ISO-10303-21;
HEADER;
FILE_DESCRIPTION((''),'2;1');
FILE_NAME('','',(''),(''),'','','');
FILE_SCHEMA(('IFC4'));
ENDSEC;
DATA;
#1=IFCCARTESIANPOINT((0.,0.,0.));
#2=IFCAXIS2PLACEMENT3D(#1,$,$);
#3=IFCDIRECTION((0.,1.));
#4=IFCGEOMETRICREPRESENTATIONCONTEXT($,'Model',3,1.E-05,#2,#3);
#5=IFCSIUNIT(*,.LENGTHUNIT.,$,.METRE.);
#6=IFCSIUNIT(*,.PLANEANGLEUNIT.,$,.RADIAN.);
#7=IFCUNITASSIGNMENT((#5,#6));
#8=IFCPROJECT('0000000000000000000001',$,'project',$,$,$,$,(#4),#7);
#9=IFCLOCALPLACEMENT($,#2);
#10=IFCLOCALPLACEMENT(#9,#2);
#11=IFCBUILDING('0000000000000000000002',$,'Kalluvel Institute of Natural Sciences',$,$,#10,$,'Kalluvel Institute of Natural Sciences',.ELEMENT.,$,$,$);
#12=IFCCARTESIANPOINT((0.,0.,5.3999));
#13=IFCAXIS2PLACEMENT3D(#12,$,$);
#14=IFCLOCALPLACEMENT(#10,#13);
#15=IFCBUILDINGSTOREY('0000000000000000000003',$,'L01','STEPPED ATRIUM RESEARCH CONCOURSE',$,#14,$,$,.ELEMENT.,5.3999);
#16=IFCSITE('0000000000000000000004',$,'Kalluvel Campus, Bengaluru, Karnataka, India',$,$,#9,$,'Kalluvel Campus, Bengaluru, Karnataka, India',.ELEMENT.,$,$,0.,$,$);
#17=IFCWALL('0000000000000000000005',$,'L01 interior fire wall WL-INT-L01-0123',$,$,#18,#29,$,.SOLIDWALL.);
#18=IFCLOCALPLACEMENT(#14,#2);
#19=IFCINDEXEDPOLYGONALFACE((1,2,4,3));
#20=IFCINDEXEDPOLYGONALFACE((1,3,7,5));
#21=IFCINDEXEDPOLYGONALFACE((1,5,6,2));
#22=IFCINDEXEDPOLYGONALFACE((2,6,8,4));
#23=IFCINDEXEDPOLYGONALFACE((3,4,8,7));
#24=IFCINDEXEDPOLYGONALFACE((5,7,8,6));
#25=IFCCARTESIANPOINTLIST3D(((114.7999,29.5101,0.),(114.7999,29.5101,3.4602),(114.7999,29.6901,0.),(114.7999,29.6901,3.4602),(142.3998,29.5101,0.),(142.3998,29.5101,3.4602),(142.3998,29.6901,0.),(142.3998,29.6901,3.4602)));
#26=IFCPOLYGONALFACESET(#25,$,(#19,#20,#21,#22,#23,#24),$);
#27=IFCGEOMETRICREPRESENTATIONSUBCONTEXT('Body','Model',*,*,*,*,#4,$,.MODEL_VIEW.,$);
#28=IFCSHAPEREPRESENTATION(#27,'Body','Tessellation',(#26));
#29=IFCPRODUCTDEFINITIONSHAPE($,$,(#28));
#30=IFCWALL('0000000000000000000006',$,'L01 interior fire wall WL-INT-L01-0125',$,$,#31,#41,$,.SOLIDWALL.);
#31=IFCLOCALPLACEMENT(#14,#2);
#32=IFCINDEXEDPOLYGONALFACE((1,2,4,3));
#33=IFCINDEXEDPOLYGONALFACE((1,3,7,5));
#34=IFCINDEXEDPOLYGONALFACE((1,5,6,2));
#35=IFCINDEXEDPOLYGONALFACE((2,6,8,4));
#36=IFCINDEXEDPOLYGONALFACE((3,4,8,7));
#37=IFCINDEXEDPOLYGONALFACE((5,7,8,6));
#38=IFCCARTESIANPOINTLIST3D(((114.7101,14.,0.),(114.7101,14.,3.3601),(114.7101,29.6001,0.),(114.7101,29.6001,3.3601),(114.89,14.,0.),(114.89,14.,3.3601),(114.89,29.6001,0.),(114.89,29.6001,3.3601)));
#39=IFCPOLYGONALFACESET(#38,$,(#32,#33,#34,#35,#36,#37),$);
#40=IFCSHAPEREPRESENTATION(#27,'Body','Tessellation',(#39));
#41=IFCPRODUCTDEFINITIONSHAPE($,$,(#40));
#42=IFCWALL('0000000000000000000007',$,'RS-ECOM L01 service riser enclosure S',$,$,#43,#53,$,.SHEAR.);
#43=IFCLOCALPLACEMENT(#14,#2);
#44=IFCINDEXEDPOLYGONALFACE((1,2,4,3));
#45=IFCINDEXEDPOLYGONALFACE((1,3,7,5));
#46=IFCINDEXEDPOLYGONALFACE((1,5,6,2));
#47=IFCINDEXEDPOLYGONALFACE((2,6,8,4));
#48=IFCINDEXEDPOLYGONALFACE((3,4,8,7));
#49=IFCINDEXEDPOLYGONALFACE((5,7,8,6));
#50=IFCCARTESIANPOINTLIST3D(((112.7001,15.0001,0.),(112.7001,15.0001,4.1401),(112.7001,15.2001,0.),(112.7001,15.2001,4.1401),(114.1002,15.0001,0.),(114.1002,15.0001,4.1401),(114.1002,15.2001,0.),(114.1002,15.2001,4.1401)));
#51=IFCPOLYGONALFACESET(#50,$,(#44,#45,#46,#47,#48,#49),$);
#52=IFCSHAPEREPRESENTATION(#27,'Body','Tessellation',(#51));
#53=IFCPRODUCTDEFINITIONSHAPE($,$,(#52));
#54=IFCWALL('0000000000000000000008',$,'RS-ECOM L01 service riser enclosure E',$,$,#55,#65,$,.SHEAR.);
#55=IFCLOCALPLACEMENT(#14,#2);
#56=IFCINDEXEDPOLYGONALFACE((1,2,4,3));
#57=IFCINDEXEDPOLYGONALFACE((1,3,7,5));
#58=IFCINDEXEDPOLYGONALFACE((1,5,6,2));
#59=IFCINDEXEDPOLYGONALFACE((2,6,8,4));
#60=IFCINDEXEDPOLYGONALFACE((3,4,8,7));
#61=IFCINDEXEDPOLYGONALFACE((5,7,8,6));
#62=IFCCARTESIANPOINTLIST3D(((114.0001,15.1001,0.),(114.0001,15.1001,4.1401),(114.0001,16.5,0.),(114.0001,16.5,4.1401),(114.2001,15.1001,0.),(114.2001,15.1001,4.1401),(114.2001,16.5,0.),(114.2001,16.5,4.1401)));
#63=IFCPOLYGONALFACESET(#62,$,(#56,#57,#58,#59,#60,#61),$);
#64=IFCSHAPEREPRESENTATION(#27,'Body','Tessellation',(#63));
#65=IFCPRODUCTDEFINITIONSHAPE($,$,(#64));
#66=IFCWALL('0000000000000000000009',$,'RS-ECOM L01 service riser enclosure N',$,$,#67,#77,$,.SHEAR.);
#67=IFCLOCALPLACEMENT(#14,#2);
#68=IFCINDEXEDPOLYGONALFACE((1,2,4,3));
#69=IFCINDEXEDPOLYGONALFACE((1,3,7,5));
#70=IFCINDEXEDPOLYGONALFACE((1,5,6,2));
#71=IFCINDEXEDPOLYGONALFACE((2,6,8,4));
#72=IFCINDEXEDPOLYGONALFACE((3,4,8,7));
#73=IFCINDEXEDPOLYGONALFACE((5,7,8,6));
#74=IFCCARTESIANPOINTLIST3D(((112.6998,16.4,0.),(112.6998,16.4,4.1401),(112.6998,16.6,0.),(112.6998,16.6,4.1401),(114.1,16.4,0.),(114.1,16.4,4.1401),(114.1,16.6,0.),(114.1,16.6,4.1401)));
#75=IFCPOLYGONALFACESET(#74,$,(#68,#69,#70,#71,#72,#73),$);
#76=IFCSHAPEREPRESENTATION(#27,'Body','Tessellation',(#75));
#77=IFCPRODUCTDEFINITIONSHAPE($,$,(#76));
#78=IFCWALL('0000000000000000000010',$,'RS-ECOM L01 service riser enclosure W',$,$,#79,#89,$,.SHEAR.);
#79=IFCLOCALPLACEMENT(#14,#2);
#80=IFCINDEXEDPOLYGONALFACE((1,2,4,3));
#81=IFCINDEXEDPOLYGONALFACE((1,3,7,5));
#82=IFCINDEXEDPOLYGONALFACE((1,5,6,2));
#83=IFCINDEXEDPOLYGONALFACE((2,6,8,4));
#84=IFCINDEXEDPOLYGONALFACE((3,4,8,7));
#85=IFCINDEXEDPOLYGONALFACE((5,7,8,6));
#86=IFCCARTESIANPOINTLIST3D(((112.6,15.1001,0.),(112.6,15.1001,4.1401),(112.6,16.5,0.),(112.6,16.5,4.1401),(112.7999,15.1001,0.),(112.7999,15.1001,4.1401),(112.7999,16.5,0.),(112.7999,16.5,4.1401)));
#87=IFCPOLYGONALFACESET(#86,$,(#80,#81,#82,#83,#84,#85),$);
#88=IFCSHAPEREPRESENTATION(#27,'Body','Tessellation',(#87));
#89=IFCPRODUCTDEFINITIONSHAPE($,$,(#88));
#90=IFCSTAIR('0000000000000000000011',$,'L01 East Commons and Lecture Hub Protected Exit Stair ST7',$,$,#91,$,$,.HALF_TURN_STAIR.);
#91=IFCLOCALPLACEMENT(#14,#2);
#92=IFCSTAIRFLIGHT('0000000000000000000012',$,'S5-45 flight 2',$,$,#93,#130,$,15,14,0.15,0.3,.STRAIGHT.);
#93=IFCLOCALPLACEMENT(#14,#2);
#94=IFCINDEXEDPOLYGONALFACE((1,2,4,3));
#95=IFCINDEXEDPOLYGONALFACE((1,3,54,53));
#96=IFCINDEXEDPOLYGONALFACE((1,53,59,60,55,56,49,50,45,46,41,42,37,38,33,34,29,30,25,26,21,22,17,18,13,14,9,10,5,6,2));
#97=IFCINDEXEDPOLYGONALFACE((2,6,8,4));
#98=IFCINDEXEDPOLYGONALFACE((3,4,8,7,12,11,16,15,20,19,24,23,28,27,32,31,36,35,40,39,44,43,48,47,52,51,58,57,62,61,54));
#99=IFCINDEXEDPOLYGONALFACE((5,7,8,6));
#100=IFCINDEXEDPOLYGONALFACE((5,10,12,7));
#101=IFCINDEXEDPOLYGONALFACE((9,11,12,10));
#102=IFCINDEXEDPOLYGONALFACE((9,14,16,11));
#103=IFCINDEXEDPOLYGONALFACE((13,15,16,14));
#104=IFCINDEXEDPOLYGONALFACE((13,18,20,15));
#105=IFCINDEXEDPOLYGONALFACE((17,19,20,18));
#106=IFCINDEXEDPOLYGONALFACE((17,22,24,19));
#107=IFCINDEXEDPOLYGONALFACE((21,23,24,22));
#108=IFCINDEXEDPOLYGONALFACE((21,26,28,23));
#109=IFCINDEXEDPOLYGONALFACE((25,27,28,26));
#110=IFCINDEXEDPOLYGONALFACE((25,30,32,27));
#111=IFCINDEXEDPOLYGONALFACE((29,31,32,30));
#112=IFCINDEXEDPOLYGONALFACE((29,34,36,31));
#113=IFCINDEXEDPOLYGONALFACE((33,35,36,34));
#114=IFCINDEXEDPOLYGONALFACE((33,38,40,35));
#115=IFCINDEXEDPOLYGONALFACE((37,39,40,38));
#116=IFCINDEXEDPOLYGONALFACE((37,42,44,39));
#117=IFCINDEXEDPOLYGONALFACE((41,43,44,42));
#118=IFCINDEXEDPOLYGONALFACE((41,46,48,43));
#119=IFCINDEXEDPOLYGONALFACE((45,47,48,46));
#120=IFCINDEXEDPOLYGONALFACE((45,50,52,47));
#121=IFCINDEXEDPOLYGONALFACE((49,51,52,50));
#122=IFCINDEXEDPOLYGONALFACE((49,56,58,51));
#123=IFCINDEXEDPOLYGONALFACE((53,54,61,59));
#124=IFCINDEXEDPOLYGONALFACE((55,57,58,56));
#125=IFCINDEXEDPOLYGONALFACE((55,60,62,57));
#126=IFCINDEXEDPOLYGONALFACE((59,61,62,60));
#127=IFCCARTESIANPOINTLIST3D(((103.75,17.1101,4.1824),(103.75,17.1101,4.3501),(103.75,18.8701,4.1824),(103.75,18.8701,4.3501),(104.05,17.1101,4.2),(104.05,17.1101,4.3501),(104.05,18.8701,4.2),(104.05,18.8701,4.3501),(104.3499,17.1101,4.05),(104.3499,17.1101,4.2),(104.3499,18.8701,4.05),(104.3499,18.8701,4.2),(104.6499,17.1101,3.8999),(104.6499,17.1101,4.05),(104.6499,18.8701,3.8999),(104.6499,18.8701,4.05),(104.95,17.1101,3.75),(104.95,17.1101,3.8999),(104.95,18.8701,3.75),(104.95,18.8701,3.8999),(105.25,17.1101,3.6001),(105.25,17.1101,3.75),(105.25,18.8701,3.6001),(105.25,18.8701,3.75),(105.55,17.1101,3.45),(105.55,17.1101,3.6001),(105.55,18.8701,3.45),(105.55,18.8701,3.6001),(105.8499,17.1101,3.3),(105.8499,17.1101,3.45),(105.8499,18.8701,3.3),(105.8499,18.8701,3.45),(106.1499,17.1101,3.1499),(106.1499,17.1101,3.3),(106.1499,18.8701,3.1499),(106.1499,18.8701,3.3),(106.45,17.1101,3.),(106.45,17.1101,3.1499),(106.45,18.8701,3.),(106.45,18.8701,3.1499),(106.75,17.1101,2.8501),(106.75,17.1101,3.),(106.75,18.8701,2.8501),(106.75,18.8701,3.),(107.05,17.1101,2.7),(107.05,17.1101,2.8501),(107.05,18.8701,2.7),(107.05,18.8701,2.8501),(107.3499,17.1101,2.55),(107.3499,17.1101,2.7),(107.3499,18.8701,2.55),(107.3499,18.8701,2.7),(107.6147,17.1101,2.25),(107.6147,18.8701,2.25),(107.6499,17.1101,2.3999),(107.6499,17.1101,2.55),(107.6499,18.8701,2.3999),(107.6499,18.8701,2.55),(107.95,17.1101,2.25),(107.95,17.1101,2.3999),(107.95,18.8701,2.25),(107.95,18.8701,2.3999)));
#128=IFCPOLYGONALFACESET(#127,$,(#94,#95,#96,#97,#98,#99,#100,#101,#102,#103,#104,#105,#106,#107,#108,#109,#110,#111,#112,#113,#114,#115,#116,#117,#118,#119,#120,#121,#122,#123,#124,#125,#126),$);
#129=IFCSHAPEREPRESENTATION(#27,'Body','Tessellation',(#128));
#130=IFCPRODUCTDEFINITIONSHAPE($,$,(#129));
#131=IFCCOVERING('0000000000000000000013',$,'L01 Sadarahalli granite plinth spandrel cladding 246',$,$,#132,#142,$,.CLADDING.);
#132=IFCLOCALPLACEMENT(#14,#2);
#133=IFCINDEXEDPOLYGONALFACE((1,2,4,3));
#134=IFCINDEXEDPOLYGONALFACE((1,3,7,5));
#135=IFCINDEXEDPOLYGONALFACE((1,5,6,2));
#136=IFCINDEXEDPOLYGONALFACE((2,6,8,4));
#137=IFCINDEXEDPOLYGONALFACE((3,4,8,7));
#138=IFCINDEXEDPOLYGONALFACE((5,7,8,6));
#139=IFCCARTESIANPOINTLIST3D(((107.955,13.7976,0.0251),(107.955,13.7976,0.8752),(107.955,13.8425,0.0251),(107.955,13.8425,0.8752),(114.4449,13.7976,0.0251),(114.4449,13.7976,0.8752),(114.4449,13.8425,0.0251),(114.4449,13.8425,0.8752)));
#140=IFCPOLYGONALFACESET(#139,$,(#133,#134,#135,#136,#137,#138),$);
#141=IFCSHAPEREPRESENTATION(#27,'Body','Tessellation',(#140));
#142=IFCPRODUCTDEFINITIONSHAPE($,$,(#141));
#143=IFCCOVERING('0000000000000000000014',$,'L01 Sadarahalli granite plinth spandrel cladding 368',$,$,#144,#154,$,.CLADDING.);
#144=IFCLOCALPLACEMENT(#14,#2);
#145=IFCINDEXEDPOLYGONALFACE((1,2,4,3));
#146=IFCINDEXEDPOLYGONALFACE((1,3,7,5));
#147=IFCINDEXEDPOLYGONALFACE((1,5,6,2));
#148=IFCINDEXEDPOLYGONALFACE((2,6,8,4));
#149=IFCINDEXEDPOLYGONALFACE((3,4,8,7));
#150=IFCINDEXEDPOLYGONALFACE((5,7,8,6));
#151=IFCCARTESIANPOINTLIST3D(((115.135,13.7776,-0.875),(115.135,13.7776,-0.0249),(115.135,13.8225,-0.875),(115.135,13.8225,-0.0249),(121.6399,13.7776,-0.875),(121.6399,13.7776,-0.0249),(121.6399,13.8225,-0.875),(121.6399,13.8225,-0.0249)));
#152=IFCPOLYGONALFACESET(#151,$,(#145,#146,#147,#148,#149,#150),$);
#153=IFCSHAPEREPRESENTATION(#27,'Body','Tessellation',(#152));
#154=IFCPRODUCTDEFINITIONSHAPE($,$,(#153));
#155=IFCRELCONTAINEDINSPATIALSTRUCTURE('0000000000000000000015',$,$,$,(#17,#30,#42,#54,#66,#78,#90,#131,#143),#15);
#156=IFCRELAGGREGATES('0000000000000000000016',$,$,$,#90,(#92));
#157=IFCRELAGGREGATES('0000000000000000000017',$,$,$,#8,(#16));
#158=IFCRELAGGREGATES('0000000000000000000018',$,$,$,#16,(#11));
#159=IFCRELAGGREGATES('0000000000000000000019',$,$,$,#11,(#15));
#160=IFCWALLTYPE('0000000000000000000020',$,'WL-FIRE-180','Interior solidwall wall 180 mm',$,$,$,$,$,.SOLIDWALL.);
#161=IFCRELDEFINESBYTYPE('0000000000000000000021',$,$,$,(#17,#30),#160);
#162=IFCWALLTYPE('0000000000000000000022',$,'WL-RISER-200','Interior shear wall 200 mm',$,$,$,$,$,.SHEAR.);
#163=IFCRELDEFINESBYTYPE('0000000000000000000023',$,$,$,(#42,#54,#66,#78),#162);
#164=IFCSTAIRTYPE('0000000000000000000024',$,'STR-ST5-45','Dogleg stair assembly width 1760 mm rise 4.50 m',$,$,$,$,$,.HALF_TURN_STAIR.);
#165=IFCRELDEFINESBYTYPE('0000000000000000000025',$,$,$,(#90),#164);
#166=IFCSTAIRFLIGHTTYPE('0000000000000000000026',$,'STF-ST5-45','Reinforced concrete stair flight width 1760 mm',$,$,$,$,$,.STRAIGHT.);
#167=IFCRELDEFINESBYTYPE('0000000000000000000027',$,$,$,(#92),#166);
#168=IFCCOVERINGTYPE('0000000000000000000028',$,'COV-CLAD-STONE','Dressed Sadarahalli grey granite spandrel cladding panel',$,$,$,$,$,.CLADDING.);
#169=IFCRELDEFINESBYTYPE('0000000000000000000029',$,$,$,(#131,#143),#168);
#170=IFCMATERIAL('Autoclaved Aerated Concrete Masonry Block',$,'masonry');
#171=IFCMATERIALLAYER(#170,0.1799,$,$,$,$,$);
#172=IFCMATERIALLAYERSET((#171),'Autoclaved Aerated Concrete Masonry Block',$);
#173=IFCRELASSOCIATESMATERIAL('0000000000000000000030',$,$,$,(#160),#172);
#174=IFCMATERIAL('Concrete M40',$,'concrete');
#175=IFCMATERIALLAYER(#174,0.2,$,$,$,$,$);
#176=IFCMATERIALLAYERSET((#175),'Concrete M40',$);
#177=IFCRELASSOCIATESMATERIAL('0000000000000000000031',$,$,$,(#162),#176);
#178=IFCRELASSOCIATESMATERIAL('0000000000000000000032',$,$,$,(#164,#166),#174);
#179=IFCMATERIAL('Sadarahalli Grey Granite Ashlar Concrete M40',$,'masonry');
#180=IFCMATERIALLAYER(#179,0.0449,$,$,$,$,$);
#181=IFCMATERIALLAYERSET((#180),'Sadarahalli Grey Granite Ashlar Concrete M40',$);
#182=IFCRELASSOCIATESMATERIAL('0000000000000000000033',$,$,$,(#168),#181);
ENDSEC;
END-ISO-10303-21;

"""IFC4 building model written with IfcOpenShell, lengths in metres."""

from ifc_helpers import new_model, si_unit, direction, frame, frame_2d, origin, origin_2d, place, context, subcontext, project, spatial, polyline, rectangle, outline, extrude, material, layer, layer_set, type_object, element, aggregate, save


model = new_model("IFC4")

# Units and contexts
model_context = context("Model", 3, precision=1e-05, world=origin(), true_north=direction((0.0, 1.0)))
body_context = subcontext(model_context, "Body", "Model", "MODEL_VIEW")
ifc_project = project(units=[si_unit("LENGTHUNIT", "METRE"), si_unit("PLANEANGLEUNIT", "RADIAN")], contexts=[model_context])

# Site, building, storey
site_placement = place(None, origin())
site = spatial("IfcSite", under=ifc_project, at=site_placement, Name="Kalluvel Campus, Bengaluru, Karnataka, India", LongName="Kalluvel Campus, Bengaluru, Karnataka, India", CompositionType="ELEMENT", RefElevation=0.0)
building_placement = place(site_placement, origin())
building = spatial("IfcBuilding", under=site, at=building_placement, Name="Kalluvel Institute of Natural Sciences", LongName="Kalluvel Institute of Natural Sciences", CompositionType="ELEMENT")
storey_placement = place(building_placement, frame((0.0, 0.0, 5.3999)))
storey = spatial("IfcBuildingStorey", under=building, at=storey_placement, Name="L01", Description="STEPPED ATRIUM RESEARCH CONCOURSE", CompositionType="ELEMENT", Elevation=5.3999)

# Shared definitions
ifc_material_1 = material(Name="Concrete M40", Category="concrete")

# Shared definitions
ifc_material_2 = material(Name="Sadarahalli Grey Granite Ashlar Concrete M40", Category="masonry")

# Walls
ifc_material_3 = material(Name="Autoclaved Aerated Concrete Masonry Block", Category="masonry")
ifc_layer_1 = layer(ifc_material_3, 0.1799)
ifc_layer_set_1 = layer_set([ifc_layer_1], Name="Autoclaved Aerated Concrete Masonry Block")
wall_type_1 = type_object("IfcWallType", Name="WL-FIRE-180", Description="Interior solidwall wall 180 mm", PredefinedType="SOLIDWALL", material=ifc_layer_set_1)
wall_1_placement = place(storey_placement, frame((114.8, 29.6001, 0.0), z_axis=(0.0, 0.0, 1.0), x_axis=(1.0, 0.0, 0.0)))
element("IfcWall", 1, at=wall_1_placement, inside=storey, type_object=wall_type_1, Name="L01 interior fire wall WL-INT-L01-0123", PredefinedType="SOLIDWALL", context=body_context, shape_type="SweptSolid", body=[
    extrude(rectangle(XDim=27.5999, YDim=0.1799, at=frame_2d((13.7998, 0.0))), origin(), (0.0, 0.0, 1.0), 3.4602),
])
wall_2_placement = place(storey_placement, frame((114.8, 14.0, 0.0), z_axis=(0.0, 0.0, 1.0), x_axis=(0.0, 1.0, 0.0)))
element("IfcWall", 2, at=wall_2_placement, inside=storey, type_object=wall_type_1, Name="L01 interior fire wall WL-INT-L01-0125", PredefinedType="SOLIDWALL", context=body_context, shape_type="SweptSolid", body=[
    extrude(rectangle(XDim=15.6001, YDim=0.1799, at=frame_2d((7.8, 0.0))), origin(), (0.0, 0.0, 1.0), 3.3601),
])
ifc_layer_2 = layer(ifc_material_1, 0.2)
ifc_layer_set_2 = layer_set([ifc_layer_2], Name="Concrete M40")
wall_type_2 = type_object("IfcWallType", Name="WL-RISER-200", Description="Interior shear wall 200 mm", PredefinedType="SHEAR", material=ifc_layer_set_2)
wall_3_placement = place(storey_placement, frame((112.7, 15.1001, 0.0), z_axis=(0.0, 0.0, 1.0), x_axis=(1.0, 0.0, 0.0)))
element("IfcWall", 3, at=wall_3_placement, inside=storey, type_object=wall_type_2, Name="RS-ECOM L01 service riser enclosure S", PredefinedType="SHEAR", context=body_context, shape_type="SweptSolid", body=[
    extrude(rectangle(XDim=1.4001, YDim=0.2, at=frame_2d((0.7002, 0.0))), origin(), (0.0, 0.0, 1.0), 4.1401),
])
wall_4_placement = place(storey_placement, frame((114.1001, 15.1001, 0.0), z_axis=(0.0, 0.0, 1.0), x_axis=(0.0, 1.0, 0.0)))
element("IfcWall", 4, at=wall_4_placement, inside=storey, type_object=wall_type_2, Name="RS-ECOM L01 service riser enclosure E", PredefinedType="SHEAR", context=body_context, shape_type="SweptSolid", body=[
    extrude(rectangle(XDim=1.3999, YDim=0.2, at=frame_2d((0.7, 0.0))), origin(), (0.0, 0.0, 1.0), 4.1401),
])
wall_5_placement = place(storey_placement, frame((114.1001, 16.5, 0.0), z_axis=(0.0, 0.0, 1.0), x_axis=(-1.0, 0.0, 0.0)))
element("IfcWall", 5, at=wall_5_placement, inside=storey, type_object=wall_type_2, Name="RS-ECOM L01 service riser enclosure N", PredefinedType="SHEAR", context=body_context, shape_type="SweptSolid", body=[
    extrude(rectangle(XDim=1.4001, YDim=0.2, at=frame_2d((0.7002, 0.0))), origin(), (0.0, 0.0, 1.0), 4.1401),
])
wall_6_placement = place(storey_placement, frame((112.7, 16.5, 0.0), z_axis=(0.0, 0.0, 1.0), x_axis=(0.0, -1.0, 0.0)))
element("IfcWall", 6, at=wall_6_placement, inside=storey, type_object=wall_type_2, Name="RS-ECOM L01 service riser enclosure W", PredefinedType="SHEAR", context=body_context, shape_type="SweptSolid", body=[
    extrude(rectangle(XDim=1.3999, YDim=0.2, at=frame_2d((0.7, 0.0))), origin(), (0.0, 0.0, 1.0), 4.1401),
])

# Stair, stair flight
stair_type = type_object("IfcStairType", Name="STR-ST5-45", Description="Dogleg stair assembly width 1760 mm rise 4.50 m", PredefinedType="HALF_TURN_STAIR", material=ifc_material_1)
stair_placement = place(storey_placement, origin())
stair = element("IfcStair", 7, at=stair_placement, inside=storey, type_object=stair_type, Name="L01 East Commons and Lecture Hub Protected Exit Stair ST7", PredefinedType="HALF_TURN_STAIR")
stair_flight_type = type_object("IfcStairFlightType", Name="STF-ST5-45", Description="Reinforced concrete stair flight width 1760 mm", PredefinedType="STRAIGHT", material=ifc_material_1)
stair_flight_placement = place(storey_placement, frame((107.95, 17.99, 2.25), z_axis=(0.0, 0.0, 1.0), x_axis=(-1.0, 0.0, 0.0)))
stair_flight = element("IfcStairFlight", 8, at=stair_flight_placement, type_object=stair_flight_type, Name="S5-45 flight 2", NumberOfRisers=15, NumberOfTreads=14, PredefinedType="STRAIGHT", RiserHeight=0.15, TreadLength=0.3, context=body_context, shape_type="SweptSolid", body=[
    extrude(outline(polyline([(0.0, 0.0), (0.0, 0.1499), (0.3, 0.1499), (0.3, 0.3), (0.6001, 0.3), (0.6001, 0.45), (0.8999, 0.45), (0.8999, 0.6001), (1.2, 0.6001), (1.2, 0.75), (1.5, 0.75), (1.5, 0.8999), (1.8, 0.8999), (1.8, 1.05), (2.1001, 1.05), (2.1001, 1.2), (2.3999, 1.2), (2.3999, 1.3501), (2.7, 1.3501), (2.7, 1.5), (3.0, 1.5), (3.0, 1.6499), (3.3, 1.6499), (3.3, 1.8), (3.6001, 1.8), (3.6001, 1.95), (3.8999, 1.95), (3.8999, 2.1001), (4.2, 2.1001), (4.2, 2.25), (4.2, 1.9324), (0.3352, 0.0), (0.0, 0.0)])), frame((0.0, 0.8799, 0.0), z_axis=(0.0, -1.0, 0.0), x_axis=(1.0, 0.0, 0.0)), (0.0, 0.0, 1.0), 1.76),
])
aggregate(stair, [stair_flight])

# Coverings
ifc_layer_3 = layer(ifc_material_2, 0.0449)
ifc_layer_set_3 = layer_set([ifc_layer_3], Name="Sadarahalli Grey Granite Ashlar Concrete M40")
covering_type = type_object("IfcCoveringType", Name="COV-CLAD-STONE", Description="Dressed Sadarahalli grey granite spandrel cladding panel", PredefinedType="CLADDING", material=ifc_layer_set_3)
covering_1_placement = place(storey_placement, frame((111.2, 13.8201, 0.0251), z_axis=(0.0, 0.0, 1.0), x_axis=(1.0, 0.0, 0.0)))
element("IfcCovering", 9, at=covering_1_placement, inside=storey, type_object=covering_type, Name="L01 Sadarahalli granite plinth spandrel cladding 246", PredefinedType="CLADDING", context=body_context, shape_type="SweptSolid", body=[
    extrude(rectangle(XDim=6.49, YDim=0.0449, at=origin_2d()), origin(), (0.0, 0.0, 1.0), 0.8501),
])
covering_2_placement = place(storey_placement, frame((118.3875, 13.8, -0.875), z_axis=(0.0, 0.0, 1.0), x_axis=(1.0, 0.0, 0.0)))
element("IfcCovering", 10, at=covering_2_placement, inside=storey, type_object=covering_type, Name="L01 Sadarahalli granite plinth spandrel cladding 368", PredefinedType="CLADDING", context=body_context, shape_type="SweptSolid", body=[
    extrude(rectangle(XDim=6.5049, YDim=0.0449, at=origin_2d()), origin(), (0.0, 0.0, 1.0), 0.8501),
])

save(model, "model.ifc")
